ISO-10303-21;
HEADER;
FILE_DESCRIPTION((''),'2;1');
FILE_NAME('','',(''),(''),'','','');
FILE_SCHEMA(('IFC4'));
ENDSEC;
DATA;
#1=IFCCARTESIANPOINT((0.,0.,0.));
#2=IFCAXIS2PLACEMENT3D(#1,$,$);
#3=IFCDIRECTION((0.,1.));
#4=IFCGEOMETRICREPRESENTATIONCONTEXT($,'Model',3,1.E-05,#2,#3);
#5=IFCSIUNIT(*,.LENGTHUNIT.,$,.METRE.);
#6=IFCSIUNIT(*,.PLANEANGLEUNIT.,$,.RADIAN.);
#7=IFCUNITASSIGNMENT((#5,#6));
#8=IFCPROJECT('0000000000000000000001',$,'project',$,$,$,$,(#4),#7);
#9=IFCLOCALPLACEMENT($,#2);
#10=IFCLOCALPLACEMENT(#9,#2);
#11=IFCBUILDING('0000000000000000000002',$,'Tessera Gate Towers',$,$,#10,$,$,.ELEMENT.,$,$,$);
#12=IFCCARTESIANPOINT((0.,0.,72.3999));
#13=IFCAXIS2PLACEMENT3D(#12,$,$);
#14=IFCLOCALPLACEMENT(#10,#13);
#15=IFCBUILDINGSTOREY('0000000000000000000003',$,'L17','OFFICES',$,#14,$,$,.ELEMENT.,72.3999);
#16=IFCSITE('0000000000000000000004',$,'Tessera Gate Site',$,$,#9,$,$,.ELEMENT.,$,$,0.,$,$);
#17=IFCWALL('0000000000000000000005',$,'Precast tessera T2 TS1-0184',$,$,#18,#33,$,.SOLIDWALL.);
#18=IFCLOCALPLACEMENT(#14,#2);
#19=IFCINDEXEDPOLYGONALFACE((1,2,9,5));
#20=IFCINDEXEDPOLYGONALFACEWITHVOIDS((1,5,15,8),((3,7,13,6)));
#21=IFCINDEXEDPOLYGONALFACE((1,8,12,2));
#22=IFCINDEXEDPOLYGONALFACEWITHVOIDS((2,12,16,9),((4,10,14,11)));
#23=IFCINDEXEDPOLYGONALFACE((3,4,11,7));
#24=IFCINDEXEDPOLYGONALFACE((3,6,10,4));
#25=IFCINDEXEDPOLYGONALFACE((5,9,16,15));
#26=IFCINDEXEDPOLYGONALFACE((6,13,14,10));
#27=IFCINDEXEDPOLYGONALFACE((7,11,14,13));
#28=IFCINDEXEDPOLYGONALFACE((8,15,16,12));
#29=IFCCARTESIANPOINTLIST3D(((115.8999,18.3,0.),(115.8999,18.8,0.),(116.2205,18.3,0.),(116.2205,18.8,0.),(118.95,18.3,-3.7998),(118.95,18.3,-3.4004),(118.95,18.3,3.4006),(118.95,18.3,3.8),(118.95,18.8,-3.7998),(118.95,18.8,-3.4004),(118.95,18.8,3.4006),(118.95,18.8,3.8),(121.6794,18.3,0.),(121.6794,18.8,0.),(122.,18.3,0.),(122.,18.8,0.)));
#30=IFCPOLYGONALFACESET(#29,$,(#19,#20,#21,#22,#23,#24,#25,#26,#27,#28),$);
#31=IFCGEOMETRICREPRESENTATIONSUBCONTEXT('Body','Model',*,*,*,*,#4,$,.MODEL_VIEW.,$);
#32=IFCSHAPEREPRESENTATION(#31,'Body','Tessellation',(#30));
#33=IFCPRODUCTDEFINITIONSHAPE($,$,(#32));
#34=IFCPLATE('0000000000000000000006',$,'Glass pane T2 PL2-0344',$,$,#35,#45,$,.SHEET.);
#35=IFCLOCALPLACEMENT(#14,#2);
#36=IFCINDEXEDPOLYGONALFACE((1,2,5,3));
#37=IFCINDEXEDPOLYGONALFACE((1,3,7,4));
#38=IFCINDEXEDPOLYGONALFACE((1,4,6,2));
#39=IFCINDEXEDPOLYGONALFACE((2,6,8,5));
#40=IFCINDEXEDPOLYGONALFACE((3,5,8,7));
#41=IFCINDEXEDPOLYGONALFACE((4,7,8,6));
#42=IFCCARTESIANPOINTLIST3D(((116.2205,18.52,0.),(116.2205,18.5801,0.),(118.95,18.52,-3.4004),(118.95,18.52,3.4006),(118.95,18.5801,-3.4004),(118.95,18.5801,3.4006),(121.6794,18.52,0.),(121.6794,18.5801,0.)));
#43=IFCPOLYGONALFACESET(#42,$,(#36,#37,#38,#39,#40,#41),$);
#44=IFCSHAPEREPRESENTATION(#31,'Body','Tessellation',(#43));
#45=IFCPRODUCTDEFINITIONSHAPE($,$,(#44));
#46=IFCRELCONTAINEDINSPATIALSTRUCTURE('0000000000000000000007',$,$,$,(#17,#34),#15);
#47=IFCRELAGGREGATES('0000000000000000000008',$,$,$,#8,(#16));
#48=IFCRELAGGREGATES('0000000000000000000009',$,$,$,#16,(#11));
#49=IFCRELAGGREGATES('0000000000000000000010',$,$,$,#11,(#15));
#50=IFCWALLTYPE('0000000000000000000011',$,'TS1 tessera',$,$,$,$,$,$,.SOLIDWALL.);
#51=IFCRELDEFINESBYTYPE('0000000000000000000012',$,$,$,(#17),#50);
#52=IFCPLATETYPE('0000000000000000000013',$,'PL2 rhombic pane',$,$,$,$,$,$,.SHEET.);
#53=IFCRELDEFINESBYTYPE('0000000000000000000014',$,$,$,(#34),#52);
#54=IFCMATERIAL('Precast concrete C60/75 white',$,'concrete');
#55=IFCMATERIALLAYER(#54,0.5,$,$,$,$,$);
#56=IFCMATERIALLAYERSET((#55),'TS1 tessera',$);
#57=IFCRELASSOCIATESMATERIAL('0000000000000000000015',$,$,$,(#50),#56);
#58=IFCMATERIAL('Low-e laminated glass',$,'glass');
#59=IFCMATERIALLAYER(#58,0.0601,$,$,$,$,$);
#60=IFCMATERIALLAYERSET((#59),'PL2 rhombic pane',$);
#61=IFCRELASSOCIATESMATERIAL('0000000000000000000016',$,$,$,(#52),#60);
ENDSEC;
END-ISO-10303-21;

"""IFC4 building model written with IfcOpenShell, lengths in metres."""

from ifc_helpers import new_model, si_unit, direction, frame, origin, place, context, subcontext, project, spatial, polyline, outline, extrude, source, transform, mapped, material, layer, layer_set, type_object, element, fill, save


model = new_model("IFC4")

# Units and contexts
model_context = context("Model", 3, precision=1e-05, world=origin(), true_north=direction((0.0, 1.0)))
body_context = subcontext(model_context, "Body", "Model", "MODEL_VIEW")
ifc_project = project(units=[si_unit("LENGTHUNIT", "METRE"), si_unit("PLANEANGLEUNIT", "RADIAN")], contexts=[model_context])

# Site, building, storey
site_placement = place(None, origin())
site = spatial("IfcSite", under=ifc_project, at=site_placement, Name="Tessera Gate Site", CompositionType="ELEMENT", RefElevation=0.0)
building_placement = place(site_placement, origin())
building = spatial("IfcBuilding", under=site, at=building_placement, Name="Tessera Gate Towers", CompositionType="ELEMENT")
storey_placement = place(building_placement, frame((0.0, 0.0, 72.3999)))
storey = spatial("IfcBuildingStorey", under=building, at=storey_placement, Name="L17", Description="OFFICES", CompositionType="ELEMENT", Elevation=72.3999)

# Wall, opening, plate
ifc_material_1 = material(Name="Precast concrete C60/75 white", Category="concrete")
ifc_layer_1 = layer(ifc_material_1, 0.5)
ifc_layer_set_1 = layer_set([ifc_layer_1], Name="TS1 tessera")
wall_type_1 = type_object("IfcWallType", Name="TS1 tessera", PredefinedType="SOLIDWALL", material=ifc_layer_set_1)
shared_shape_1 = source(origin(), body_context, "Body", "SweptSolid", [
    extrude(outline(polyline([(3.05, 0.0), (6.1001, 3.7998), (3.05, 7.5999), (0.0, 3.7998), (3.05, 0.0)])), frame((0.0, 0.25, 0.0), z_axis=(0.0, -1.0, 0.0), x_axis=(1.0, 0.0, 0.0)), (0.0, 0.0, 1.0), 0.5),
])
shared_shape_2 = source(origin(), body_context, "Body", "SweptSolid", [
    extrude(outline(polyline([(3.05, 0.3994), (5.7795, 3.7998), (3.05, 7.2004), (0.3206, 3.7998), (3.05, 0.3994)])), frame((0.0, 0.26, 0.0), z_axis=(0.0, -1.0, 0.0), x_axis=(1.0, 0.0, 0.0)), (0.0, 0.0, 1.0), 0.52),
])
ifc_material_2 = material(Name="Low-e laminated glass", Category="glass")
ifc_layer_2 = layer(ifc_material_2, 0.0601)
ifc_layer_set_2 = layer_set([ifc_layer_2], Name="PL2 rhombic pane")
plate_type = type_object("IfcPlateType", Name="PL2 rhombic pane", PredefinedType="SHEET", material=ifc_layer_set_2)
shared_shape_3 = source(origin(), body_context, "Body", "SweptSolid", [
    extrude(outline(polyline([(3.05, 0.3994), (5.7795, 3.7998), (3.05, 7.2004), (0.3206, 3.7998), (3.05, 0.3994)])), frame((0.0, 0.03, 0.0), z_axis=(0.0, -1.0, 0.0), x_axis=(1.0, 0.0, 0.0)), (0.0, 0.0, 1.0), 0.0601),
])
wall_1_placement = place(storey_placement, frame((115.8999, 18.55, -3.7998), z_axis=(0.0, 0.0, 1.0), x_axis=(1.0, 0.0, 0.0)))
wall_1 = element("IfcWall", 1, at=wall_1_placement, inside=storey, type_object=wall_type_1, Name="Precast tessera T2 TS1-0184", PredefinedType="SOLIDWALL", context=body_context, shape_type="MappedRepresentation", body=[
    mapped(shared_shape_1, transform((0.0, 0.0, 0.0), scale=1.0)),
])
opening_1_placement = place(wall_1_placement, origin())
opening_1 = element("IfcOpeningElement", 2, at=opening_1_placement, cuts=wall_1, PredefinedType="OPENING", context=body_context, shape_type="MappedRepresentation", body=[
    mapped(shared_shape_2, transform((0.0, 0.0, 0.0), scale=1.0)),
])
plate_1_placement = place(opening_1_placement, origin())
plate_1 = element("IfcPlate", 3, at=plate_1_placement, inside=storey, type_object=plate_type, Name="Glass pane T2 PL2-0344", PredefinedType="SHEET", context=body_context, shape_type="MappedRepresentation", body=[
    mapped(shared_shape_3, transform((0.0, 0.0, 0.0), scale=1.0)),
])
fill(opening_1, plate_1)

save(model, "model.ifc")
